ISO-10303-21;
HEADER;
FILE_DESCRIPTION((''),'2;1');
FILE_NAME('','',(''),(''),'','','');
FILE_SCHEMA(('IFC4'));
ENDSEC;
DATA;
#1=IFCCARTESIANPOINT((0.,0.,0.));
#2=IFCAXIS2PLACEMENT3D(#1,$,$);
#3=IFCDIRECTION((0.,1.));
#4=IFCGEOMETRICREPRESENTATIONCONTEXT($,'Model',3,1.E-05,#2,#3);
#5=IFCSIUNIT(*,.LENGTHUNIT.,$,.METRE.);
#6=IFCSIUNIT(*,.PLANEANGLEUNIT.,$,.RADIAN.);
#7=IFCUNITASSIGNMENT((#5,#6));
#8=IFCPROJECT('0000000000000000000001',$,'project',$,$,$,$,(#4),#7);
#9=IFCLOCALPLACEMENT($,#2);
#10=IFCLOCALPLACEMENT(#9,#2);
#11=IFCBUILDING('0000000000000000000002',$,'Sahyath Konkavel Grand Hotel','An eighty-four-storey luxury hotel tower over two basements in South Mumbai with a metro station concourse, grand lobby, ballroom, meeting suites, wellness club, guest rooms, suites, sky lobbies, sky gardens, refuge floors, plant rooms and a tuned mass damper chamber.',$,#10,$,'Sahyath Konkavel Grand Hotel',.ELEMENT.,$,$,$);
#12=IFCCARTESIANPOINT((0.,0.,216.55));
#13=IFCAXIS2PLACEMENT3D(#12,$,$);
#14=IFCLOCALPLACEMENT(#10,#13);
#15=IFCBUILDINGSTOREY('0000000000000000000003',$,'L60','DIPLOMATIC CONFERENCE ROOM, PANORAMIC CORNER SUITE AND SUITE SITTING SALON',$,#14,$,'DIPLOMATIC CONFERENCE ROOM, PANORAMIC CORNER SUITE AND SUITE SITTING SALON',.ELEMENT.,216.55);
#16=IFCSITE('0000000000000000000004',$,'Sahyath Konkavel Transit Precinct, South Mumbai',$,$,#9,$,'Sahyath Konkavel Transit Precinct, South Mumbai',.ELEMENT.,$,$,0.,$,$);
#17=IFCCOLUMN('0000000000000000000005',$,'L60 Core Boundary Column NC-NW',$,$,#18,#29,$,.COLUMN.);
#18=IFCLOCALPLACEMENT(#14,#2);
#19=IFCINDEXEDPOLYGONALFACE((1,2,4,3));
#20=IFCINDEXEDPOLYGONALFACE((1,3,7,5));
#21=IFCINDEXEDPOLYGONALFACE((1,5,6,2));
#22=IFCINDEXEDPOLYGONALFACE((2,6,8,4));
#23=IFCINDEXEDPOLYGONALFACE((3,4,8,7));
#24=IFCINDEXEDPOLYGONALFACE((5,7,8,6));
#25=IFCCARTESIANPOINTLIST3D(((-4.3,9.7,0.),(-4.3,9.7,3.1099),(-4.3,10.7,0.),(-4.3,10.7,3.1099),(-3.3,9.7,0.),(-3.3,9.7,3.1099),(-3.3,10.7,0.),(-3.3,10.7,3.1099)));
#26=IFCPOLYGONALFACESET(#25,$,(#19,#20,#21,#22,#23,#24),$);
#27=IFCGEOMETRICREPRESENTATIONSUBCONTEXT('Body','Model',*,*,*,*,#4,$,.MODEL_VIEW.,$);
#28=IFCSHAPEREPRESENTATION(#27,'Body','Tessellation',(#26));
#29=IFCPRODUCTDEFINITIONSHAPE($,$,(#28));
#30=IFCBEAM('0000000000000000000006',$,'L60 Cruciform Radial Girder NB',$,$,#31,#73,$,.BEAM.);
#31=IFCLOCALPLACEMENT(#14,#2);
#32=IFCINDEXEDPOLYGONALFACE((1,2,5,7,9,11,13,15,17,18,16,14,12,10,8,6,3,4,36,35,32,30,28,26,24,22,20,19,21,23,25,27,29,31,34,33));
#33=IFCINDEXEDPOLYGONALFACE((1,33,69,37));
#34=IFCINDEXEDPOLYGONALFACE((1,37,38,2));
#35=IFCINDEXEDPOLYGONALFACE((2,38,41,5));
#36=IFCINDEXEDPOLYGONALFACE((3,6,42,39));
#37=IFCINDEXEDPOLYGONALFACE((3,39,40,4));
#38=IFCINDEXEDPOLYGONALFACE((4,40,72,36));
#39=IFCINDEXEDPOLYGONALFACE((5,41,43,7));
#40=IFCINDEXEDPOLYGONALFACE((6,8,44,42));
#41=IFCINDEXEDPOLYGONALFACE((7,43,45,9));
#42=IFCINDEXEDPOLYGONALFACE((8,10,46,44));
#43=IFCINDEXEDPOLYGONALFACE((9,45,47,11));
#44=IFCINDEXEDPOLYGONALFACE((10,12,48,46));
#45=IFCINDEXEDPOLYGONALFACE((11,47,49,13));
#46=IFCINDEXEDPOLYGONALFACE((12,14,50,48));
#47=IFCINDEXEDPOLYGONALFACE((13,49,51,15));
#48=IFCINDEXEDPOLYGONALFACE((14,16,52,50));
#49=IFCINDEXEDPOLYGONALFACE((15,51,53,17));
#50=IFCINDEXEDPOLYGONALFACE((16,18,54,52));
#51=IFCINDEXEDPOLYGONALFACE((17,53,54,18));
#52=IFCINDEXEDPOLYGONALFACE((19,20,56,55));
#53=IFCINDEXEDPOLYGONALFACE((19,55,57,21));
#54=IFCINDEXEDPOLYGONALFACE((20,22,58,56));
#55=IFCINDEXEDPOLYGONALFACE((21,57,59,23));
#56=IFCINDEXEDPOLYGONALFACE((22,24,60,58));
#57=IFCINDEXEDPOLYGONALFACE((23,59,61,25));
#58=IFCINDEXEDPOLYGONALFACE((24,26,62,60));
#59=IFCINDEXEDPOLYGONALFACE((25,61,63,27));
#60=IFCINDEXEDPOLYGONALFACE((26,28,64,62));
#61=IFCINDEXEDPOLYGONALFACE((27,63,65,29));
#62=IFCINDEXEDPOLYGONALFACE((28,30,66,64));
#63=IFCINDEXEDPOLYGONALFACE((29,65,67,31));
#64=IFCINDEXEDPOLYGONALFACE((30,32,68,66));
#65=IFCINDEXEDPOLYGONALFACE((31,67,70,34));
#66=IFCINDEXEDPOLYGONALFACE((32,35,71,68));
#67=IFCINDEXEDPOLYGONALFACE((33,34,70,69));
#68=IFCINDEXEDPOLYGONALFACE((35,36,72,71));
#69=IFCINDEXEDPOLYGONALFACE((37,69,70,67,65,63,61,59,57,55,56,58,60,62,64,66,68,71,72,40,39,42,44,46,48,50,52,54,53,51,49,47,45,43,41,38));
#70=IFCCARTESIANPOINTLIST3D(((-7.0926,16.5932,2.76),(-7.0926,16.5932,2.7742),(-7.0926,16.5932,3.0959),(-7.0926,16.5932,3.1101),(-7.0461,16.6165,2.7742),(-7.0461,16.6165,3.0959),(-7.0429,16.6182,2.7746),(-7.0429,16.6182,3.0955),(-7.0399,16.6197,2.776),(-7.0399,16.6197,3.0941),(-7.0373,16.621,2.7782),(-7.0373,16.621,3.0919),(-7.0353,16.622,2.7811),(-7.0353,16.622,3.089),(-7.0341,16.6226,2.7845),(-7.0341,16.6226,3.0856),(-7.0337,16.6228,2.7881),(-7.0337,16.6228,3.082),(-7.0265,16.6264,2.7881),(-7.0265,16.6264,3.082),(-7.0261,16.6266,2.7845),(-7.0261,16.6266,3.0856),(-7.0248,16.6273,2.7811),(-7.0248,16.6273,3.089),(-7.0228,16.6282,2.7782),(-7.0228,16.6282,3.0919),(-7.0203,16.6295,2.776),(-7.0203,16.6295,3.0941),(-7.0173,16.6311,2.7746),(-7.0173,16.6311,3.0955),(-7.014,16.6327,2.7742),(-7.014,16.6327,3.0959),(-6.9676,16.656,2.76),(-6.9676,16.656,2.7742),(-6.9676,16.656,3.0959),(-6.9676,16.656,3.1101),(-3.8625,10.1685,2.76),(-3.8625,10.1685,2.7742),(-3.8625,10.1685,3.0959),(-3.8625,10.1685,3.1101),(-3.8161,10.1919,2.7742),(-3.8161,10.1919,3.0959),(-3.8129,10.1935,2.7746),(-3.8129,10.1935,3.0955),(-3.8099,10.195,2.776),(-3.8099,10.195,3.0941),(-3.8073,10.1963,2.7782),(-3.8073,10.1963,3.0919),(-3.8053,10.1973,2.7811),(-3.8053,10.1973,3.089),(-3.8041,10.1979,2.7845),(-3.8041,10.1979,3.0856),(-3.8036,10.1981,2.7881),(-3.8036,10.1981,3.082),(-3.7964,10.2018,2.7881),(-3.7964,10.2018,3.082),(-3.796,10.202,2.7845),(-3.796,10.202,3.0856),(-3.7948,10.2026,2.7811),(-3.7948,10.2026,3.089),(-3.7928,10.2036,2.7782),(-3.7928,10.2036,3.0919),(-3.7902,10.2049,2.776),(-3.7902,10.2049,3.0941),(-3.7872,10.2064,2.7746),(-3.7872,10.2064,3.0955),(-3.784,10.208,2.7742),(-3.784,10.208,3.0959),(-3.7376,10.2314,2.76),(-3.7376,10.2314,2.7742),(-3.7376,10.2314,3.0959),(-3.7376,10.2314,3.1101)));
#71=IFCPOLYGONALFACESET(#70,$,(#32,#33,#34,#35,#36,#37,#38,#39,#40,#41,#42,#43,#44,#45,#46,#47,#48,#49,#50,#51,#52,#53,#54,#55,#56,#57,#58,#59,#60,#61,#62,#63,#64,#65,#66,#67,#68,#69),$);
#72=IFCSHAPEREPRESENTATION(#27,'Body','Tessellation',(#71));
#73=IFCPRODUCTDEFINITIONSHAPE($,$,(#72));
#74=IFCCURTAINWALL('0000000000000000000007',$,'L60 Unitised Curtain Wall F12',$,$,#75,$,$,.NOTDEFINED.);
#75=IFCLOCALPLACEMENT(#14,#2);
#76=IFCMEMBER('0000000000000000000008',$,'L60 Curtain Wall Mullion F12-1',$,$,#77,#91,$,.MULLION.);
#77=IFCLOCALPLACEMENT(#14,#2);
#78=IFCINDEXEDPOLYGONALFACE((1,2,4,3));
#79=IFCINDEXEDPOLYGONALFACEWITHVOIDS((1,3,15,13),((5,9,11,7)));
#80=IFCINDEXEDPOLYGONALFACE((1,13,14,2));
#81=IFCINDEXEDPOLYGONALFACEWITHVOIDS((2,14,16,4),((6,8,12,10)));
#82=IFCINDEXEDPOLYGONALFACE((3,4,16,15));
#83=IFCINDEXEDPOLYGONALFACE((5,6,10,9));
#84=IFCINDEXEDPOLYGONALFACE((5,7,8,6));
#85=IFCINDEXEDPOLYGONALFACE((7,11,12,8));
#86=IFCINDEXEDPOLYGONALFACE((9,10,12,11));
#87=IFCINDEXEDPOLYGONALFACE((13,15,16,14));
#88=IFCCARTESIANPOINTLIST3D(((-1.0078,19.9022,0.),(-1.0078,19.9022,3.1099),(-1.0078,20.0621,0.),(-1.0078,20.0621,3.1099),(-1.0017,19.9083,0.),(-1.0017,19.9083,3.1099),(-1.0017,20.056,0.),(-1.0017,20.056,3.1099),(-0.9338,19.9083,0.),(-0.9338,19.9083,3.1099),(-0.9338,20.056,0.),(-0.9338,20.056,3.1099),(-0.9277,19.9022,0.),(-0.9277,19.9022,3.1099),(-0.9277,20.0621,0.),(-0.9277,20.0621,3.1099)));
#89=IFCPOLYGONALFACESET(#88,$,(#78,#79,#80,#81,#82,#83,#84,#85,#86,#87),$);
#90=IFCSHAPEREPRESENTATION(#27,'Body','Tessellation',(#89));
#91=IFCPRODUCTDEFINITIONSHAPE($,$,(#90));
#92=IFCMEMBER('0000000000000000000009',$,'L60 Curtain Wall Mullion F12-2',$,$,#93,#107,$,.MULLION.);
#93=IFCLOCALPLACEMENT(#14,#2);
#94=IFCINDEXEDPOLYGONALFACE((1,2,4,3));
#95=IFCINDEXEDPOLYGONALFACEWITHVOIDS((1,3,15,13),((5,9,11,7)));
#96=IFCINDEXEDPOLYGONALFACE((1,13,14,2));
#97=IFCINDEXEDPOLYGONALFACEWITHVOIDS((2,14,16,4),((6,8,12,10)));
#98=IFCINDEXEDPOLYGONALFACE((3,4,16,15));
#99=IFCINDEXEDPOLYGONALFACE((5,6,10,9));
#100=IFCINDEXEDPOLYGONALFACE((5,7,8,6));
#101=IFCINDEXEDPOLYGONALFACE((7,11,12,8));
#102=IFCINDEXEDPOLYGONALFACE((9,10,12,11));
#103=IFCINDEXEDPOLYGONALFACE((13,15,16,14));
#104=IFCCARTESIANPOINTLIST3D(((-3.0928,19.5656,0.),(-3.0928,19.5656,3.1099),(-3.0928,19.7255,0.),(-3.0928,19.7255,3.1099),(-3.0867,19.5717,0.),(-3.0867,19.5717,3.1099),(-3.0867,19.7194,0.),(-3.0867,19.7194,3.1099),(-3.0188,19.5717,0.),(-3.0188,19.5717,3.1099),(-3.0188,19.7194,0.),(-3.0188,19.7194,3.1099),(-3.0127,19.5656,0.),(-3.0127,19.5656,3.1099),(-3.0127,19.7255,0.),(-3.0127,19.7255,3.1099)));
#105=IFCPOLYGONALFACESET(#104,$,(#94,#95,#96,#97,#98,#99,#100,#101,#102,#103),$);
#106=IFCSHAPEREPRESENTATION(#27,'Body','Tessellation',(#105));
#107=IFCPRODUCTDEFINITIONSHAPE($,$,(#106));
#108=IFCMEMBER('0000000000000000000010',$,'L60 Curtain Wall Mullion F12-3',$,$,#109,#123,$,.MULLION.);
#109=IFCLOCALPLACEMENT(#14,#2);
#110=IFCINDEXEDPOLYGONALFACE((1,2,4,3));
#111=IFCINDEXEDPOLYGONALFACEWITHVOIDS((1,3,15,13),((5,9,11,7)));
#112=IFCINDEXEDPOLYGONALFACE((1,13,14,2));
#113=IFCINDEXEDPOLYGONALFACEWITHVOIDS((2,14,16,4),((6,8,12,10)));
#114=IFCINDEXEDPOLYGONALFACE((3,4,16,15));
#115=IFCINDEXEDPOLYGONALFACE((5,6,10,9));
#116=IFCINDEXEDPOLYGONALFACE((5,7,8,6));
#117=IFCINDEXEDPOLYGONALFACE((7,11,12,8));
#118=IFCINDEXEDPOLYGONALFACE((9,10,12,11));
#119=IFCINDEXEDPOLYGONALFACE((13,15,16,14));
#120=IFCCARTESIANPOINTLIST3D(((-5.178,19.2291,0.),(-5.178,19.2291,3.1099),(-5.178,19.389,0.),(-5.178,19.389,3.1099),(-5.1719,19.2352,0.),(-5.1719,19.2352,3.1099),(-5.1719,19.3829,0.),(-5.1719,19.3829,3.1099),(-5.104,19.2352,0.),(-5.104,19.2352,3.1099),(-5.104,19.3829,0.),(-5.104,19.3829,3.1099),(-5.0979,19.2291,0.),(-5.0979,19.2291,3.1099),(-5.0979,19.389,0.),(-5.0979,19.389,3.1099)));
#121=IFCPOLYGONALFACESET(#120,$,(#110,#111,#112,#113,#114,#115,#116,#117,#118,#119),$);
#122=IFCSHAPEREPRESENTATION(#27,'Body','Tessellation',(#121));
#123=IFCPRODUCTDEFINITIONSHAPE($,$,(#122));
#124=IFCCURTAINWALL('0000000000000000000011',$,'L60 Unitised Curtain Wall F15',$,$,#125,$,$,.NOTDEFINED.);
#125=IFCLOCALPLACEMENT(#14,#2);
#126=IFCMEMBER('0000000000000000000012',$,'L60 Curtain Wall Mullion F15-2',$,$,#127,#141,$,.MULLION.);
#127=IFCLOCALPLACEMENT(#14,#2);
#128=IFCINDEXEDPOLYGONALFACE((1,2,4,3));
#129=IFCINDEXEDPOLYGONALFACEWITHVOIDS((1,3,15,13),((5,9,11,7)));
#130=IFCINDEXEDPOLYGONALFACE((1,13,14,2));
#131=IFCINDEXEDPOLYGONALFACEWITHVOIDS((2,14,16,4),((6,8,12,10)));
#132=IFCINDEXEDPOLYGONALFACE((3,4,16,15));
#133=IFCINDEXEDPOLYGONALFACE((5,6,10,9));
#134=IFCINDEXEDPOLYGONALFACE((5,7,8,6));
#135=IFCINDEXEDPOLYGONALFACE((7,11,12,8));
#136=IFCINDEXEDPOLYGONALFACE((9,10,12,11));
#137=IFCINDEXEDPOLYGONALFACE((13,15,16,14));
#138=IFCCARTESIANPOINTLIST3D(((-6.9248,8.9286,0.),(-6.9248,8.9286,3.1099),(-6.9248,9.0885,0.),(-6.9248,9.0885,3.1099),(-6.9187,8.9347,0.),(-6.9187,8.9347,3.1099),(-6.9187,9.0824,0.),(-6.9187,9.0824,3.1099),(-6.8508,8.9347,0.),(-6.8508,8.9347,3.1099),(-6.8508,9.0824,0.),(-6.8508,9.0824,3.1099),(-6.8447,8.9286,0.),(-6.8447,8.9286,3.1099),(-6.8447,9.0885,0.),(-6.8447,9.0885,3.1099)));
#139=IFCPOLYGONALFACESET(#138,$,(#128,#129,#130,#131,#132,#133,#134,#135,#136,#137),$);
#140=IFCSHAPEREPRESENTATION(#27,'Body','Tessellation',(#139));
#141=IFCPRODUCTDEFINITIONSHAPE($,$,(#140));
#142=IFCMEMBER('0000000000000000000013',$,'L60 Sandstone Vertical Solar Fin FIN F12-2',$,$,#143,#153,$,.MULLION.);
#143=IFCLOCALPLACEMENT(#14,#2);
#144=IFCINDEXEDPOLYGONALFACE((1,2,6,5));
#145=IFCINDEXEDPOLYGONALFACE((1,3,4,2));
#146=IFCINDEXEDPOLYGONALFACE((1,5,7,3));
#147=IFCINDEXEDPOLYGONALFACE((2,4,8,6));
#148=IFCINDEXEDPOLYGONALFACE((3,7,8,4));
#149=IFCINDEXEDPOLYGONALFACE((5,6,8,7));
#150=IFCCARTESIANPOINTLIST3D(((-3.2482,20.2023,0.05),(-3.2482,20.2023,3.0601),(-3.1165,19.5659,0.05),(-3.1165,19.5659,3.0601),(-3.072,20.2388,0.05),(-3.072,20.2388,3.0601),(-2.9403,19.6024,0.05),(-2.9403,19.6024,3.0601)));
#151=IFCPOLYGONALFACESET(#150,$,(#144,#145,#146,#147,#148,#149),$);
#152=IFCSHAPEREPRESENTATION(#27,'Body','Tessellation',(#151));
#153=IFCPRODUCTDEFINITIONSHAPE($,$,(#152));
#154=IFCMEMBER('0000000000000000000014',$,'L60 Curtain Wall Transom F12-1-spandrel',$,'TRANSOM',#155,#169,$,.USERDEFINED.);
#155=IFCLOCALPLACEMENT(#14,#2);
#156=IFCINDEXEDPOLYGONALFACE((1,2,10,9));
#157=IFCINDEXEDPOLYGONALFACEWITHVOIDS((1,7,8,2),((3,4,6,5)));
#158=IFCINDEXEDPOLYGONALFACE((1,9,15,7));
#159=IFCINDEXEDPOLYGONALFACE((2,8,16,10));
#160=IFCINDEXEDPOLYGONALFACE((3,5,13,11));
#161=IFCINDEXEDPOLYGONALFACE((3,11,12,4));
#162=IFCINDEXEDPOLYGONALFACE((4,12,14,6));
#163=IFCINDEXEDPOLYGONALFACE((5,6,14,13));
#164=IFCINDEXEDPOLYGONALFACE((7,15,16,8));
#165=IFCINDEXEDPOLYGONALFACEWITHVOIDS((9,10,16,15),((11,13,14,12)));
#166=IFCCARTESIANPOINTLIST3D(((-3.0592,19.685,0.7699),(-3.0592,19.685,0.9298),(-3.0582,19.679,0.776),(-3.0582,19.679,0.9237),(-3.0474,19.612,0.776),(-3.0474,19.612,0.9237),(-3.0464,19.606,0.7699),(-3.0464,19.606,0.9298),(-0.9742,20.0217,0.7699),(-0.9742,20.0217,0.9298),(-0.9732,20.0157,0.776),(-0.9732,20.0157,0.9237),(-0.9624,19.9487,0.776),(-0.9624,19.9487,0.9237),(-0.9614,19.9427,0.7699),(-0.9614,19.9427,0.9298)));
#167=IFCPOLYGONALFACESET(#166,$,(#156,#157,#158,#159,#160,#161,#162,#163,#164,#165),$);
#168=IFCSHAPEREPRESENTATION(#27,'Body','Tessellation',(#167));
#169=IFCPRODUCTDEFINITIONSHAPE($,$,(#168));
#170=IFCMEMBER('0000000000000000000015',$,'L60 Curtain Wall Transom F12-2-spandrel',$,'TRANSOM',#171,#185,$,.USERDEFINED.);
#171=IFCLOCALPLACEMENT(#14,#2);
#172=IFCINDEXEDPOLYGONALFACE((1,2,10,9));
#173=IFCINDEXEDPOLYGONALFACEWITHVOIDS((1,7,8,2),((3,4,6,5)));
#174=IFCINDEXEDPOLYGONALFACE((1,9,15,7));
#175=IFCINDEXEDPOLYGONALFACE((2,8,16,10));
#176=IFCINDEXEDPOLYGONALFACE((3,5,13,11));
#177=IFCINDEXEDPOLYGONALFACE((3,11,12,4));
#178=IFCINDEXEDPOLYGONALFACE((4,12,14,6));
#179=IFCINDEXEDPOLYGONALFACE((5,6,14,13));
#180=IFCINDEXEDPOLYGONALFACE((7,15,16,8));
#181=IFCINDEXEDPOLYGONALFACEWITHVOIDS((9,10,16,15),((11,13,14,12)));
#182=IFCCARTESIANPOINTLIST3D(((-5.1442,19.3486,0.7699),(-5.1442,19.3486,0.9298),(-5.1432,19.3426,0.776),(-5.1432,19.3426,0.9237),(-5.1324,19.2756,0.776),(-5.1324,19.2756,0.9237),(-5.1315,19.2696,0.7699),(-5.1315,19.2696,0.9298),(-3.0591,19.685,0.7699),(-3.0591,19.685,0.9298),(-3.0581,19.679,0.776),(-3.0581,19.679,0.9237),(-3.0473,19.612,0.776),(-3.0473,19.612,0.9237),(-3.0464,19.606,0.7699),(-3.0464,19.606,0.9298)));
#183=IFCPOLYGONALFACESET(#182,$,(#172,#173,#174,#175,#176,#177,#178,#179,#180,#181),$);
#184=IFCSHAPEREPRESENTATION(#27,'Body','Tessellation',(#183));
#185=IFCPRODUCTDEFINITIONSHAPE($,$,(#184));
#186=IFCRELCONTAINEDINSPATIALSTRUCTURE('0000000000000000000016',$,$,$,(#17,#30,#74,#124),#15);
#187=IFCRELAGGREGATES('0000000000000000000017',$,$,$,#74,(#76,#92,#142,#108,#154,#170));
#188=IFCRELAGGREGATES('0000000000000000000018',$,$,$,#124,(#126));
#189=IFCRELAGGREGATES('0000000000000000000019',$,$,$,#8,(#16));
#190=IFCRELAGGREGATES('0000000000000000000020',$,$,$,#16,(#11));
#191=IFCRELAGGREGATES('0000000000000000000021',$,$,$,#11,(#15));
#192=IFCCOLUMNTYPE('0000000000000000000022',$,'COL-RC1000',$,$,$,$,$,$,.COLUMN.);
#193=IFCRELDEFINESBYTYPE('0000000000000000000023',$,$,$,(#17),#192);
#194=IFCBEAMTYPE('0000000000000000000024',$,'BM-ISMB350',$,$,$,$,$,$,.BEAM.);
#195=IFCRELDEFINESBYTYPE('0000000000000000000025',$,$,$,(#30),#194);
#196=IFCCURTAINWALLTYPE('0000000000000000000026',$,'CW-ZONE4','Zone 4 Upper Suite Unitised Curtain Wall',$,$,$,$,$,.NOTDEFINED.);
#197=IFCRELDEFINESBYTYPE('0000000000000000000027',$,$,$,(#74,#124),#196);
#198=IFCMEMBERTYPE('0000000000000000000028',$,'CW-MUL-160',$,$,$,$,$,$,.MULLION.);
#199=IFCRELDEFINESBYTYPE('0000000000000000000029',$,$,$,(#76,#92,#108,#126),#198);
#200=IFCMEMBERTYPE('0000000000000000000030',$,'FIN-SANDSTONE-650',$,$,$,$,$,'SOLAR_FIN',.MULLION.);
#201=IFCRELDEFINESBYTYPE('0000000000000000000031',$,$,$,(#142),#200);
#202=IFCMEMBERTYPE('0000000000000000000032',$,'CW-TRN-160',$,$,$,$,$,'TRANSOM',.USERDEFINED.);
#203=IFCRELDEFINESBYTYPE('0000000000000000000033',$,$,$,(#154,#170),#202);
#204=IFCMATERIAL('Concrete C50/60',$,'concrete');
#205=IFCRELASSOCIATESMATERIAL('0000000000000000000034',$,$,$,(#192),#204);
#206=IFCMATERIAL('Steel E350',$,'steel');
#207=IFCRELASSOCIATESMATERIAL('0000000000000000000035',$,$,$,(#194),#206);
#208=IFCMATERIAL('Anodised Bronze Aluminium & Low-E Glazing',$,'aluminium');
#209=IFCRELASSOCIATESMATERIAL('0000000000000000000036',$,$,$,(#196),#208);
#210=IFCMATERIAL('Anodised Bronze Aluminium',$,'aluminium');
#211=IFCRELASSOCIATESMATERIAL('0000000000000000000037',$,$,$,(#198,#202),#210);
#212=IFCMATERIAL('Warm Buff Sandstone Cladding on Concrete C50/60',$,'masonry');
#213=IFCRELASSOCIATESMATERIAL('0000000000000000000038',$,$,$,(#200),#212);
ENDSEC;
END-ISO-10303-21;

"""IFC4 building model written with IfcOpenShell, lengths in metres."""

from ifc_helpers import new_model, si_unit, direction, frame, origin, origin_2d, place, context, subcontext, project, spatial, rectangle, hollow_rectangle, i_section, extrude, source, transform, mapped, material, material_profile, profile_set, type_object, element, aggregate, save


model = new_model("IFC4")

# Units and contexts
model_context = context("Model", 3, precision=1e-05, world=origin(), true_north=direction((0.0, 1.0)))
body_context = subcontext(model_context, "Body", "Model", "MODEL_VIEW")
ifc_project = project(units=[si_unit("LENGTHUNIT", "METRE"), si_unit("PLANEANGLEUNIT", "RADIAN")], contexts=[model_context])

# Site, building, storey
site_placement = place(None, origin())
site = spatial("IfcSite", under=ifc_project, at=site_placement, Name="Sahyath Konkavel Transit Precinct, South Mumbai", LongName="Sahyath Konkavel Transit Precinct, South Mumbai", CompositionType="ELEMENT", RefElevation=0.0)
building_placement = place(site_placement, origin())
building = spatial("IfcBuilding", under=site, at=building_placement, Name="Sahyath Konkavel Grand Hotel", Description="An eighty-four-storey luxury hotel tower over two basements in South Mumbai with a metro station concourse, grand lobby, ballroom, meeting suites, wellness club, guest rooms, suites, sky lobbies, sky gardens, refuge floors, plant rooms and a tuned mass damper chamber.", LongName="Sahyath Konkavel Grand Hotel", CompositionType="ELEMENT")
storey_placement = place(building_placement, frame((0.0, 0.0, 216.55)))
storey = spatial("IfcBuildingStorey", under=building, at=storey_placement, Name="L60", Description="DIPLOMATIC CONFERENCE ROOM, PANORAMIC CORNER SUITE AND SUITE SITTING SALON", LongName="DIPLOMATIC CONFERENCE ROOM, PANORAMIC CORNER SUITE AND SUITE SITTING SALON", CompositionType="ELEMENT", Elevation=216.55)

# Column
ifc_material_1 = material(Name="Concrete C50/60", Category="concrete")
ifc_material_profile_1 = material_profile(ifc_material_1, rectangle(XDim=1.0, YDim=1.0, at=origin_2d()), Name="RC 1000x1000")
ifc_profile_set_1 = profile_set([ifc_material_profile_1], Name="Concrete C50/60")
column_type = type_object("IfcColumnType", Name="COL-RC1000", PredefinedType="COLUMN", material=ifc_profile_set_1)
shared_shape_1 = source(origin(), body_context, "Body", "SweptSolid", [
    extrude(rectangle(XDim=1.0, YDim=1.0, at=origin_2d()), origin(), (0.0, 0.0, 1.0), 3.1099),
])
column_placement = place(storey_placement, frame((-3.8, 10.2, 0.0), z_axis=(0.0, 0.0, 1.0), x_axis=(1.0, 0.0, 0.0)))
element("IfcColumn", 1, at=column_placement, inside=storey, type_object=column_type, Name="L60 Core Boundary Column NC-NW", PredefinedType="COLUMN", context=body_context, shape_type="MappedRepresentation", body=[
    mapped(shared_shape_1, transform((0.0, 0.0, 0.0), scale=1.0)),
])

# Beam
ifc_material_2 = material(Name="Steel E350", Category="steel")
ifc_material_profile_2 = material_profile(ifc_material_2, i_section(OverallWidth=0.1399, OverallDepth=0.3501, WebThickness=0.0081, FlangeThickness=0.0142, FilletRadius=0.0139, at=origin_2d()), Name="ISMB 350")
ifc_profile_set_2 = profile_set([ifc_material_profile_2], Name="Steel E350")
beam_type_1 = type_object("IfcBeamType", Name="BM-ISMB350", PredefinedType="BEAM", material=ifc_profile_set_2)
shared_shape_2 = source(origin(), body_context, "Body", "SweptSolid", [
    extrude(i_section(OverallWidth=0.1399, OverallDepth=0.3501, WebThickness=0.0081, FlangeThickness=0.0142, FilletRadius=0.0139, at=origin_2d()), origin(), (0.0, 0.0, 1.0), 7.1909),
])
beam_1_placement = place(storey_placement, frame((-3.8, 10.2, 2.9351), z_axis=(-0.449182, 0.89344, 0.0), x_axis=(-0.89344, -0.449182, 0.0)))
element("IfcBeam", 2, at=beam_1_placement, inside=storey, type_object=beam_type_1, Name="L60 Cruciform Radial Girder NB", PredefinedType="BEAM", context=body_context, shape_type="MappedRepresentation", body=[
    mapped(shared_shape_2, transform((0.0, 0.0, 0.0), scale=1.0)),
])

# Curtain wall, members
ifc_material_3 = material(Name="Anodised Bronze Aluminium & Low-E Glazing", Category="aluminium")
curtain_wall_type = type_object("IfcCurtainWallType", Name="CW-ZONE4", Description="Zone 4 Upper Suite Unitised Curtain Wall", PredefinedType="NOTDEFINED", material=ifc_material_3)
curtain_wall_1_placement = place(storey_placement, origin())
curtain_wall_1 = element("IfcCurtainWall", 3, at=curtain_wall_1_placement, inside=storey, type_object=curtain_wall_type, Name="L60 Unitised Curtain Wall F12", PredefinedType="NOTDEFINED")
ifc_material_4 = material(Name="Anodised Bronze Aluminium", Category="aluminium")
ifc_material_profile_3 = material_profile(ifc_material_4, hollow_rectangle(XDim=0.0801, YDim=0.1599, WallThickness=0.0061, at=origin_2d()), Name="RHS 160x80x6")
ifc_profile_set_3 = profile_set([ifc_material_profile_3], Name="Anodised Bronze Aluminium")
member_type_1 = type_object("IfcMemberType", Name="CW-MUL-160", PredefinedType="MULLION", material=ifc_profile_set_3)
shared_shape_3 = source(origin(), body_context, "Body", "SweptSolid", [
    extrude(hollow_rectangle(XDim=0.0801, YDim=0.1599, WallThickness=0.0061, at=origin_2d()), origin(), (0.0, 0.0, 1.0), 3.1099),
])
member_1_placement = place(storey_placement, frame((-0.9678, 19.9822, 0.0), z_axis=(0.0, 0.0, 1.0), x_axis=(1.0, 0.0, 0.0)))
member_1 = element("IfcMember", 4, at=member_1_placement, type_object=member_type_1, Name="L60 Curtain Wall Mullion F12-1", PredefinedType="MULLION", context=body_context, shape_type="MappedRepresentation", body=[
    mapped(shared_shape_3, transform((0.0, 0.0, 0.0), scale=1.0)),
])
member_2_placement = place(storey_placement, frame((-3.0527, 19.6455, 0.0), z_axis=(0.0, 0.0, 1.0), x_axis=(1.0, 0.0, 0.0)))
member_2 = element("IfcMember", 5, at=member_2_placement, type_object=member_type_1, Name="L60 Curtain Wall Mullion F12-2", PredefinedType="MULLION", context=body_context, shape_type="MappedRepresentation", body=[
    mapped(shared_shape_3, transform((0.0, 0.0, 0.0), scale=1.0)),
])
member_3_placement = place(storey_placement, frame((-5.1379, 19.3091, 0.0), z_axis=(0.0, 0.0, 1.0), x_axis=(1.0, 0.0, 0.0)))
member_3 = element("IfcMember", 6, at=member_3_placement, type_object=member_type_1, Name="L60 Curtain Wall Mullion F12-3", PredefinedType="MULLION", context=body_context, shape_type="MappedRepresentation", body=[
    mapped(shared_shape_3, transform((0.0, 0.0, 0.0), scale=1.0)),
])

# Curtain wall, member
curtain_wall_2_placement = place(storey_placement, origin())
curtain_wall_2 = element("IfcCurtainWall", 7, at=curtain_wall_2_placement, inside=storey, type_object=curtain_wall_type, Name="L60 Unitised Curtain Wall F15", PredefinedType="NOTDEFINED")
member_4_placement = place(storey_placement, frame((-6.8848, 9.0085, 0.0), z_axis=(0.0, 0.0, 1.0), x_axis=(1.0, 0.0, 0.0)))
member_4 = element("IfcMember", 8, at=member_4_placement, type_object=member_type_1, Name="L60 Curtain Wall Mullion F15-2", PredefinedType="MULLION", context=body_context, shape_type="MappedRepresentation", body=[
    mapped(shared_shape_3, transform((0.0, 0.0, 0.0), scale=1.0)),
])

# Members
ifc_material_5 = material(Name="Warm Buff Sandstone Cladding on Concrete C50/60", Category="masonry")
ifc_material_profile_4 = material_profile(ifc_material_5, rectangle(XDim=0.1799, YDim=0.6499, at=origin_2d()), Name="FIN 180x650")
ifc_profile_set_4 = profile_set([ifc_material_profile_4], Name="Warm Buff Sandstone Cladding on Concrete C50/60")
member_type_2 = type_object("IfcMemberType", Name="FIN-SANDSTONE-650", ElementType="SOLAR_FIN", PredefinedType="MULLION", material=ifc_profile_set_4)
shared_shape_4 = source(origin(), body_context, "Body", "SweptSolid", [
    extrude(rectangle(XDim=0.1799, YDim=0.6499, at=origin_2d()), origin(), (0.0, 0.0, 1.0), 3.01),
])
member_5_placement = place(storey_placement, frame((-3.0942, 19.9023, 0.05), z_axis=(0.0, 0.0, 1.0), x_axis=(0.979258, 0.202616, 0.0)))
member_5 = element("IfcMember", 9, at=member_5_placement, type_object=member_type_2, Name="L60 Sandstone Vertical Solar Fin FIN F12-2", PredefinedType="MULLION", context=body_context, shape_type="MappedRepresentation", body=[
    mapped(shared_shape_4, transform((0.0, 0.0, 0.0), scale=1.0)),
])
ifc_material_profile_5 = material_profile(ifc_material_4, hollow_rectangle(XDim=0.0801, YDim=0.1599, WallThickness=0.0061, at=origin_2d()), Name="RHS 160x80x6")
ifc_profile_set_5 = profile_set([ifc_material_profile_5], Name="Anodised Bronze Aluminium")
member_type_3 = type_object("IfcMemberType", Name="CW-TRN-160", ElementType="TRANSOM", PredefinedType="USERDEFINED", material=ifc_profile_set_5)
shared_shape_5 = source(origin(), body_context, "Body", "SweptSolid", [
    extrude(hollow_rectangle(XDim=0.0801, YDim=0.1599, WallThickness=0.0061, at=origin_2d()), origin(), (0.0, 0.0, 1.0), 2.1121),
])
member_6_placement = place(storey_placement, frame((-0.9678, 19.9822, 0.8499), z_axis=(-0.987212, -0.159411, 0.0), x_axis=(0.159411, -0.987212, 0.0)))
member_6 = element("IfcMember", 10, at=member_6_placement, type_object=member_type_3, Name="L60 Curtain Wall Transom F12-1-spandrel", ObjectType="TRANSOM", PredefinedType="USERDEFINED", context=body_context, shape_type="MappedRepresentation", body=[
    mapped(shared_shape_5, transform((0.0, 0.0, 0.0), scale=1.0)),
])
member_7_placement = place(storey_placement, frame((-3.0527, 19.6455, 0.8499), z_axis=(-0.987233, -0.15928, 0.0), x_axis=(0.15928, -0.987233, 0.0)))
member_7 = element("IfcMember", 11, at=member_7_placement, type_object=member_type_3, Name="L60 Curtain Wall Transom F12-2-spandrel", ObjectType="TRANSOM", PredefinedType="USERDEFINED", context=body_context, shape_type="MappedRepresentation", body=[
    mapped(shared_shape_5, transform((0.0, 0.0, 0.0), scale=1.0)),
])

aggregate(curtain_wall_1, [member_1, member_2, member_5, member_3, member_6, member_7])
aggregate(curtain_wall_2, [member_4])

save(model, "model.ifc")
